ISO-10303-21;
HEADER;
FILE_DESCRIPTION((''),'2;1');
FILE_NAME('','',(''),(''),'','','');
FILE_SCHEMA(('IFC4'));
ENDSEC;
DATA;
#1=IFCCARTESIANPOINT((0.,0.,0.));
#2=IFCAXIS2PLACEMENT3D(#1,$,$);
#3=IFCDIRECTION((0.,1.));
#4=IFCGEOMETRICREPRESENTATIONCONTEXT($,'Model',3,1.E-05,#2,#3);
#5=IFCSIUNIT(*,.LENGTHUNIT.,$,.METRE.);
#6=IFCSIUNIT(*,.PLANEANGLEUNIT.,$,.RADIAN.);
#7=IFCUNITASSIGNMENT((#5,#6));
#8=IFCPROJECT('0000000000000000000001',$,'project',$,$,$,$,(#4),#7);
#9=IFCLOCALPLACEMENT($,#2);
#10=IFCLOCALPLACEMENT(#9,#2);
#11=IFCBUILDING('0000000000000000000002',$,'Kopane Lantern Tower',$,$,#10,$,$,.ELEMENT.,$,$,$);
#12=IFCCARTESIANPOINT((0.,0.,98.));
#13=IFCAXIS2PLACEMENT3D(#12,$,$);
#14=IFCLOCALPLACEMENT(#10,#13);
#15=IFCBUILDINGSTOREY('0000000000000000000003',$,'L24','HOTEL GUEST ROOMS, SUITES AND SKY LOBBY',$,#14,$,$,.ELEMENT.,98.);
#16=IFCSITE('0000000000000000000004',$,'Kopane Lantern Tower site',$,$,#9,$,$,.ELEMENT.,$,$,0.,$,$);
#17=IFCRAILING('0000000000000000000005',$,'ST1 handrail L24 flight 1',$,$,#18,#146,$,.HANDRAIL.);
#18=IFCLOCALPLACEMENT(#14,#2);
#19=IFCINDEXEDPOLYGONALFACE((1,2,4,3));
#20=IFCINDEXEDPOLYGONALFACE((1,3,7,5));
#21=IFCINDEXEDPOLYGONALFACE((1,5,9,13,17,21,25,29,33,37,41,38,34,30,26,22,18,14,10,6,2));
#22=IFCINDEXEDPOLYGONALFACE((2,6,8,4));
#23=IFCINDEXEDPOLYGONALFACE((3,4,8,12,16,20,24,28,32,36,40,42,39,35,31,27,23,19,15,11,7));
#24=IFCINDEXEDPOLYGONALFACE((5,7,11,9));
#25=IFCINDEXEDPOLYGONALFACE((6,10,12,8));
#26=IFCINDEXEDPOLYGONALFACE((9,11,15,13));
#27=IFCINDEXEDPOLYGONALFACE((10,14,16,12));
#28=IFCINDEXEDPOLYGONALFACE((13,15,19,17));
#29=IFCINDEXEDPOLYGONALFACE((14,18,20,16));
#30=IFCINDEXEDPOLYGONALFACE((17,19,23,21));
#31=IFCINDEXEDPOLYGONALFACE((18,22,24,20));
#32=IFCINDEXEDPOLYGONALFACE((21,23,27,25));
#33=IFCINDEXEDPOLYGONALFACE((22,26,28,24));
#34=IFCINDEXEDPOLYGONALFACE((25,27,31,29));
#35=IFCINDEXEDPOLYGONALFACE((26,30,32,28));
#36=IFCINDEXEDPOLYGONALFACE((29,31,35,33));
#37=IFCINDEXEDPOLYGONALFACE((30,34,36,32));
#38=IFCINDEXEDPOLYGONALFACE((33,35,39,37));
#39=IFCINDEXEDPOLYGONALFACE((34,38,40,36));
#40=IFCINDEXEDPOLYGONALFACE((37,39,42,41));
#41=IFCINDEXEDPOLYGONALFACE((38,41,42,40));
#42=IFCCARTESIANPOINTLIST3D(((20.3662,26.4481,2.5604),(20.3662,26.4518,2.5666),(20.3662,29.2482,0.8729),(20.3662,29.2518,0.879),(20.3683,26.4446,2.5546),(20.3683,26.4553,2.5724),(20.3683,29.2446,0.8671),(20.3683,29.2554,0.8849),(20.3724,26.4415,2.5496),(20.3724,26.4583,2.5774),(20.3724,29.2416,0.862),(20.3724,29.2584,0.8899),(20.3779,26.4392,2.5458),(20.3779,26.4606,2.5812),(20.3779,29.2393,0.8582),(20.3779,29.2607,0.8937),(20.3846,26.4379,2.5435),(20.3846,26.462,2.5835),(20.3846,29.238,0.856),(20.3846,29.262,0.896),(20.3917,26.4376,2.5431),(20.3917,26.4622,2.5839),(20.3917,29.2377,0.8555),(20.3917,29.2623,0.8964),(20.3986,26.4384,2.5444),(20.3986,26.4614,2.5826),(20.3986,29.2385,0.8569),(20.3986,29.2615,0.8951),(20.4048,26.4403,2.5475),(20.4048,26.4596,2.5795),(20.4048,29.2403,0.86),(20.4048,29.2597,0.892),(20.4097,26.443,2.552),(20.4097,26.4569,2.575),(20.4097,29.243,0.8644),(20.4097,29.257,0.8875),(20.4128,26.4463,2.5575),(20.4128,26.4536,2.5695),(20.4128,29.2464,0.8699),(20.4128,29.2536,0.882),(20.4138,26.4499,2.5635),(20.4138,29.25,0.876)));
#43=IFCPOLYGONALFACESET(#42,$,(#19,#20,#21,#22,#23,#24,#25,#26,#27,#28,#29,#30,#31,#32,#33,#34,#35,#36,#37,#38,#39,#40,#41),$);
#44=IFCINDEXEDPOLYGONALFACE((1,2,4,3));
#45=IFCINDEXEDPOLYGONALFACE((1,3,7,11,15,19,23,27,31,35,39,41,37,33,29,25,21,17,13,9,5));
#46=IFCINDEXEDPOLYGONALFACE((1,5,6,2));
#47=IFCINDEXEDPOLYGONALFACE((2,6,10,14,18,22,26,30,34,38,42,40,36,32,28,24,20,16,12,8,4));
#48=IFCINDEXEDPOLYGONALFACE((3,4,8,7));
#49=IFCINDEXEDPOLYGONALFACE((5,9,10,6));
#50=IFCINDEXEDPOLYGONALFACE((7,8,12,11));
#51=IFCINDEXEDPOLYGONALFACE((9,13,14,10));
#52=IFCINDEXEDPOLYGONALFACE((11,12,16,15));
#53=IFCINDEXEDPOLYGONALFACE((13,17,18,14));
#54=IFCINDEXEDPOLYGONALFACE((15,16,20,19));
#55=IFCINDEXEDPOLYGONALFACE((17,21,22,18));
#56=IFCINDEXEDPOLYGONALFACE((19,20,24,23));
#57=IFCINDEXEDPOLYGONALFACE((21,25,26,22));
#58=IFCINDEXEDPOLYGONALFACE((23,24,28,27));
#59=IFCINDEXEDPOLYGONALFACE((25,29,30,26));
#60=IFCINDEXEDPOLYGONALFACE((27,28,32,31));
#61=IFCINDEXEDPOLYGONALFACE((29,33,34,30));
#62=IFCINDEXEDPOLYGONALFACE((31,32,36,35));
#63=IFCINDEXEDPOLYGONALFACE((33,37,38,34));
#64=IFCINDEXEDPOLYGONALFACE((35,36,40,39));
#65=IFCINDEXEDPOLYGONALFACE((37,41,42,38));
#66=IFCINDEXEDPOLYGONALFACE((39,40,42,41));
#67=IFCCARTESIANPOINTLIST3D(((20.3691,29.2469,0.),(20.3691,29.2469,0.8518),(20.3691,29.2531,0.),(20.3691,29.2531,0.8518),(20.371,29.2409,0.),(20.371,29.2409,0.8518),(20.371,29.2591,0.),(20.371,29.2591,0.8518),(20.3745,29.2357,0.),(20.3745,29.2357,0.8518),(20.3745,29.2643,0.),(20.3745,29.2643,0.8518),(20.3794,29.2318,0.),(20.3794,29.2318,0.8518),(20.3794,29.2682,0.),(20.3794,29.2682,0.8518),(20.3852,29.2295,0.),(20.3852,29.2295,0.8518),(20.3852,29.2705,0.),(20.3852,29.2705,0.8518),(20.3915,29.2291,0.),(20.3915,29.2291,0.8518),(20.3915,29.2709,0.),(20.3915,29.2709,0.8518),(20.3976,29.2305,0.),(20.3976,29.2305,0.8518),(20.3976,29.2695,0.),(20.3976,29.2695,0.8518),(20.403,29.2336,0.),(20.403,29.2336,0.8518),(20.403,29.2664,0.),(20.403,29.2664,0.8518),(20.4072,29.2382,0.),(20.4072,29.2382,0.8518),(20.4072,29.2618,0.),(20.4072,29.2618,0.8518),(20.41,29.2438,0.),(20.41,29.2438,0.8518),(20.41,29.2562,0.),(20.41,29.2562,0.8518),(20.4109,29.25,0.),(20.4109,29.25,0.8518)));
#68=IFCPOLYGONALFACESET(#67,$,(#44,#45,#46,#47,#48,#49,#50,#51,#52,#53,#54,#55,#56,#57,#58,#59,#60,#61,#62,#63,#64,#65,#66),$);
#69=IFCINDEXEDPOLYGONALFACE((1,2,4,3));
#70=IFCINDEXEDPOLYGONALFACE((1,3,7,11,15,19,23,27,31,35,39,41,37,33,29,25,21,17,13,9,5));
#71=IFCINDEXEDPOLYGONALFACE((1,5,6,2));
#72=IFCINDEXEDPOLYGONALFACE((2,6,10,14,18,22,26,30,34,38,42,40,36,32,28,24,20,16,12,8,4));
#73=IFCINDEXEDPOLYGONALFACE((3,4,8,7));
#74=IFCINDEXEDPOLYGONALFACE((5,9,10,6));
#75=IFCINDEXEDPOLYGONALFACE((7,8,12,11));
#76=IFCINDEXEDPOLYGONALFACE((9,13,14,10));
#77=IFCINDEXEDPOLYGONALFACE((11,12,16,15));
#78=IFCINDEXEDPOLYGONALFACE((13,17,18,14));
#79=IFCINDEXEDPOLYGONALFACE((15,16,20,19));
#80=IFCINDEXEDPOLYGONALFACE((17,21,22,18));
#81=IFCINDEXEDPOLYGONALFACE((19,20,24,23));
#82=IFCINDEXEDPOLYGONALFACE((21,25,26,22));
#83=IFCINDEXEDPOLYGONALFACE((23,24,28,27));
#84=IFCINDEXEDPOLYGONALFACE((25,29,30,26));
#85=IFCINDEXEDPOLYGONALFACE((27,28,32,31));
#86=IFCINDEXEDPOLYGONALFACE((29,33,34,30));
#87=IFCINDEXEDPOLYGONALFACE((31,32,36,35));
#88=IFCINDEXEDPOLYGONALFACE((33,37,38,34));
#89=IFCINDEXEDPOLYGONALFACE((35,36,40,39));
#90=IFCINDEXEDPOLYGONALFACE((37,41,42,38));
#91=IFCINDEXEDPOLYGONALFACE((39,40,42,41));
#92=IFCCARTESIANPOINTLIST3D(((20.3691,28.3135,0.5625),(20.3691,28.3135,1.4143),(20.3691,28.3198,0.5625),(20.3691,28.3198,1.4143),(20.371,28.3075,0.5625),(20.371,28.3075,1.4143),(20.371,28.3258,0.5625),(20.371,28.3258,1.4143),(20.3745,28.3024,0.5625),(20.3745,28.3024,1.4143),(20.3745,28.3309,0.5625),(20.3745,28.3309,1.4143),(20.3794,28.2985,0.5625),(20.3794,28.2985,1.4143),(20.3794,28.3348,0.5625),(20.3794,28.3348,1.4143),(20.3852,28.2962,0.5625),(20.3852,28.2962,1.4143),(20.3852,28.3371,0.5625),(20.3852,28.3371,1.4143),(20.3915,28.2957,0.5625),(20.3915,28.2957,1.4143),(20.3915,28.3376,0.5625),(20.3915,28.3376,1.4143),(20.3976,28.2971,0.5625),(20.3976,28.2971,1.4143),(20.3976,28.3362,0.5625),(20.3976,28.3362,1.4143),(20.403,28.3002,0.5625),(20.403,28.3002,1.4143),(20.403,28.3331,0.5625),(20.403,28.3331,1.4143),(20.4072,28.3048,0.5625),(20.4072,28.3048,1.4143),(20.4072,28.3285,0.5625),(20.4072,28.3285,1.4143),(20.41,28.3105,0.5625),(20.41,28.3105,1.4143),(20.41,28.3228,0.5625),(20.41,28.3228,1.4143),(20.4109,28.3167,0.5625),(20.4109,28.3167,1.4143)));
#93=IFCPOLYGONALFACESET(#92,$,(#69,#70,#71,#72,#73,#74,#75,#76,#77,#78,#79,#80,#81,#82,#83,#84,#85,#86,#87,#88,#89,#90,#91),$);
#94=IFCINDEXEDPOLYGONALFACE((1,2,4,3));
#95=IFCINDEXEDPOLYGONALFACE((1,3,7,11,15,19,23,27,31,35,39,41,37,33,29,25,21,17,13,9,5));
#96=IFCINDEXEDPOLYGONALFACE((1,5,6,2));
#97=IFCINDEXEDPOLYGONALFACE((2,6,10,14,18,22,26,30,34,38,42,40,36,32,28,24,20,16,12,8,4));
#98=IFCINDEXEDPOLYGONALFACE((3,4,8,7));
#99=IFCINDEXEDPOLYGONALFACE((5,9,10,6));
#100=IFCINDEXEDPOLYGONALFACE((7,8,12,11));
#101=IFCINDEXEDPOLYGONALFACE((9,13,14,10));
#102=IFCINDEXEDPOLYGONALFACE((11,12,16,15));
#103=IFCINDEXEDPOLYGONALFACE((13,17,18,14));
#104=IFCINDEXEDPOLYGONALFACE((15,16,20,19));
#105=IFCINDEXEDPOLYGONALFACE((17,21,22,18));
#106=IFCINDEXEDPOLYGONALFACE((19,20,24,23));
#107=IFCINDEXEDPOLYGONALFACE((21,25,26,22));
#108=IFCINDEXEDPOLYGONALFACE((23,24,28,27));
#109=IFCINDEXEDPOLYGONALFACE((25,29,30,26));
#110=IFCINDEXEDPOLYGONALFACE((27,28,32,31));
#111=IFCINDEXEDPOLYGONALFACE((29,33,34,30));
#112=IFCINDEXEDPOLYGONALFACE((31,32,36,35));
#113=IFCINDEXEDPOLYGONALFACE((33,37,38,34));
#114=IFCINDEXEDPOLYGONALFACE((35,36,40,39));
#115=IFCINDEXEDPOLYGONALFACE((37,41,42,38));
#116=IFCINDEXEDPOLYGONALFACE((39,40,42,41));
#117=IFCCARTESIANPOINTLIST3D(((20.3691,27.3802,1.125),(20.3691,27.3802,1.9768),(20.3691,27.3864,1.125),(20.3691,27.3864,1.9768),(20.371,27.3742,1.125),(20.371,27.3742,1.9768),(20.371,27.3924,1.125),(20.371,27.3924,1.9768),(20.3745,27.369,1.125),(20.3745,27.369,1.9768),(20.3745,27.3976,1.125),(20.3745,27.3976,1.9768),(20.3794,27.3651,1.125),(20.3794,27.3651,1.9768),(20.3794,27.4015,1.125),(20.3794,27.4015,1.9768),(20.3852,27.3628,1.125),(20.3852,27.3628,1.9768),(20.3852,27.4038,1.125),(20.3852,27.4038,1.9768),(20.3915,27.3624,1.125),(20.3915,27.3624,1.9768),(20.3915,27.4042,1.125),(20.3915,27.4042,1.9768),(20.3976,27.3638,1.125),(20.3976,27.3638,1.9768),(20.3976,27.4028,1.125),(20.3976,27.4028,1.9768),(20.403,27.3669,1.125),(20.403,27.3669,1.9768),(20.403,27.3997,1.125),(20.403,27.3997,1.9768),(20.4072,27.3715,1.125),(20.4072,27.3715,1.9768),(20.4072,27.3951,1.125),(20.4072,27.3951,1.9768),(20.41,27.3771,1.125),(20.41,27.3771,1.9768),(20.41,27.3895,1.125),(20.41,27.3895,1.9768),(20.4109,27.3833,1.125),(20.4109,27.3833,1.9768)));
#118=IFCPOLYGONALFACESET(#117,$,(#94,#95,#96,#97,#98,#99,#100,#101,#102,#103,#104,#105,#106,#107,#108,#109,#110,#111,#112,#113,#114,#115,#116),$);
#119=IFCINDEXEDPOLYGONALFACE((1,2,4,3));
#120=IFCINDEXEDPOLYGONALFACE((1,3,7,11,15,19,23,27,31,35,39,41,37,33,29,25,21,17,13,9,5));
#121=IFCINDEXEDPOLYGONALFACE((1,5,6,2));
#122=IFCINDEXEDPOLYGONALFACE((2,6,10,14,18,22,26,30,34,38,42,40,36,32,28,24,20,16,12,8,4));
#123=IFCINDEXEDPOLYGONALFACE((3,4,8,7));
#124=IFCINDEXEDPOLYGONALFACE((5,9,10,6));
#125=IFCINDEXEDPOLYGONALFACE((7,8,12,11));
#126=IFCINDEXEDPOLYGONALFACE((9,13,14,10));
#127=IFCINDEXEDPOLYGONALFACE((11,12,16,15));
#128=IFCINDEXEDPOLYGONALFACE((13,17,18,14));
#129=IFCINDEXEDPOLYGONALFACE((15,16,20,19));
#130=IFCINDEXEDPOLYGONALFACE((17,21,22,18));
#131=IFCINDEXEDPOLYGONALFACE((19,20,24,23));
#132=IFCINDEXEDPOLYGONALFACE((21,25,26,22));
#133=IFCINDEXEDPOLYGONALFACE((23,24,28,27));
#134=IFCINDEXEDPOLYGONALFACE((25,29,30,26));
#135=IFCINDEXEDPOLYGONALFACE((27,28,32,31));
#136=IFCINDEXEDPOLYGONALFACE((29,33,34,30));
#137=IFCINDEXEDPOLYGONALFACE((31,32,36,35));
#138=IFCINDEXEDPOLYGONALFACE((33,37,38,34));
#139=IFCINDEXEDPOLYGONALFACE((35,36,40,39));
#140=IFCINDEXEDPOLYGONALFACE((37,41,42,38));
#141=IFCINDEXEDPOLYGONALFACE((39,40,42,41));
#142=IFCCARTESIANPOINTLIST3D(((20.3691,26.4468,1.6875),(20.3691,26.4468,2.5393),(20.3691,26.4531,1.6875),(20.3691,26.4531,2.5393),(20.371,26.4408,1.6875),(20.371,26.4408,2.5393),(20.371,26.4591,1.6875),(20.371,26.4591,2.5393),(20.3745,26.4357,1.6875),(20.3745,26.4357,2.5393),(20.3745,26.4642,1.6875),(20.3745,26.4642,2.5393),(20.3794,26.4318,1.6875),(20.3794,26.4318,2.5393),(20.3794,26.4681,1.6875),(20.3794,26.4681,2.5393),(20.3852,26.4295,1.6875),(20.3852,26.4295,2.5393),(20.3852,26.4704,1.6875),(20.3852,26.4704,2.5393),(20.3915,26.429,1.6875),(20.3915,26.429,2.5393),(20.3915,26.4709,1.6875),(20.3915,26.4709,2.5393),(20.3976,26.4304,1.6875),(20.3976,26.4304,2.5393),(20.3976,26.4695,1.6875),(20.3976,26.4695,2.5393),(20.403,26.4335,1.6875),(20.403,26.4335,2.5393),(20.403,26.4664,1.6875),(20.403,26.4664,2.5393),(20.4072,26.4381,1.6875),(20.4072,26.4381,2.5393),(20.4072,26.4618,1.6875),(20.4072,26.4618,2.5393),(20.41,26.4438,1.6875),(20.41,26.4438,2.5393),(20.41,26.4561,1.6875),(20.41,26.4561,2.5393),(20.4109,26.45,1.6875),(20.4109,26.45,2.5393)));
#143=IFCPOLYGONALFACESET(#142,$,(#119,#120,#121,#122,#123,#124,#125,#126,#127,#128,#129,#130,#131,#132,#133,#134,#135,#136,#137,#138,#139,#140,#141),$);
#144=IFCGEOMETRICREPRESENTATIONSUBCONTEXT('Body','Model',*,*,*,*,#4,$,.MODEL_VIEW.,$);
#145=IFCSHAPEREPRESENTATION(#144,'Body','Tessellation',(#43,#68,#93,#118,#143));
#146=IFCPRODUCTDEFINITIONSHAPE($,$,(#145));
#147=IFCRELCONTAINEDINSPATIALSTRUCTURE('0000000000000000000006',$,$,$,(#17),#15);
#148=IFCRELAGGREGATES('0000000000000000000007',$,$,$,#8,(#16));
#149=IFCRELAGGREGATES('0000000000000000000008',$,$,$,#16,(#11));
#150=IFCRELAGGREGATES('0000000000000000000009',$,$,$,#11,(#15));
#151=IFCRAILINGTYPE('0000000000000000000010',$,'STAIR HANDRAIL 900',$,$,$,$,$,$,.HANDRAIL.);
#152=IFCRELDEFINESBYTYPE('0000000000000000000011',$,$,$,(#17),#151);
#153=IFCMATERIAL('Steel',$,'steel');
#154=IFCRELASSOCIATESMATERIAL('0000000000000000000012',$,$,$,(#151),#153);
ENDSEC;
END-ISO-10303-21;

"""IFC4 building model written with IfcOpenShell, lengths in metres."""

from ifc_helpers import new_model, si_unit, direction, frame, origin, origin_2d, place, context, subcontext, project, spatial, circle, extrude, material, type_object, element, save


model = new_model("IFC4")

# Units and contexts
model_context = context("Model", 3, precision=1e-05, world=origin(), true_north=direction((0.0, 1.0)))
body_context = subcontext(model_context, "Body", "Model", "MODEL_VIEW")
ifc_project = project(units=[si_unit("LENGTHUNIT", "METRE"), si_unit("PLANEANGLEUNIT", "RADIAN")], contexts=[model_context])

# Site, building, storey
site_placement = place(None, origin())
site = spatial("IfcSite", under=ifc_project, at=site_placement, Name="Kopane Lantern Tower site", CompositionType="ELEMENT", RefElevation=0.0)
building_placement = place(site_placement, origin())
building = spatial("IfcBuilding", under=site, at=building_placement, Name="Kopane Lantern Tower", CompositionType="ELEMENT")
storey_placement = place(building_placement, frame((0.0, 0.0, 98.0)))
storey = spatial("IfcBuildingStorey", under=building, at=storey_placement, Name="L24", Description="HOTEL GUEST ROOMS, SUITES AND SKY LOBBY", CompositionType="ELEMENT", Elevation=98.0)

# Railing
ifc_material_1 = material(Name="Steel", Category="steel")
railing_type_1 = type_object("IfcRailingType", Name="STAIR HANDRAIL 900", PredefinedType="HANDRAIL", material=ifc_material_1)
for number, where, name in (
    (1, (20.3899, 29.25, 0.0), "ST1 handrail L24 flight 1"),
):
    element("IfcRailing", number, at=place(storey_placement, frame(where)), inside=storey, type_object=railing_type_1, Name=name, PredefinedType="HANDRAIL", context=body_context, shape_type="SweptSolid", body=[
        extrude(circle(Radius=0.0239, at=origin_2d()), frame((0.0, 0.0, 0.876), z_axis=(0.0, -0.856483, 0.516175), x_axis=(1.0, 0.0, 0.0)), (0.0, 0.0, 1.0), 3.2693),
        extrude(circle(Radius=0.021, at=origin_2d()), origin(), (0.0, 0.0, 1.0), 0.8518),
        extrude(circle(Radius=0.021, at=origin_2d()), frame((0.0, -0.9333, 0.5625)), (0.0, 0.0, 1.0), 0.8518),
        extrude(circle(Radius=0.021, at=origin_2d()), frame((0.0, -1.8667, 1.125)), (0.0, 0.0, 1.0), 0.8518),
        extrude(circle(Radius=0.021, at=origin_2d()), frame((0.0, -2.8, 1.6875)), (0.0, 0.0, 1.0), 0.8518),
    ])

save(model, "model.ifc")
